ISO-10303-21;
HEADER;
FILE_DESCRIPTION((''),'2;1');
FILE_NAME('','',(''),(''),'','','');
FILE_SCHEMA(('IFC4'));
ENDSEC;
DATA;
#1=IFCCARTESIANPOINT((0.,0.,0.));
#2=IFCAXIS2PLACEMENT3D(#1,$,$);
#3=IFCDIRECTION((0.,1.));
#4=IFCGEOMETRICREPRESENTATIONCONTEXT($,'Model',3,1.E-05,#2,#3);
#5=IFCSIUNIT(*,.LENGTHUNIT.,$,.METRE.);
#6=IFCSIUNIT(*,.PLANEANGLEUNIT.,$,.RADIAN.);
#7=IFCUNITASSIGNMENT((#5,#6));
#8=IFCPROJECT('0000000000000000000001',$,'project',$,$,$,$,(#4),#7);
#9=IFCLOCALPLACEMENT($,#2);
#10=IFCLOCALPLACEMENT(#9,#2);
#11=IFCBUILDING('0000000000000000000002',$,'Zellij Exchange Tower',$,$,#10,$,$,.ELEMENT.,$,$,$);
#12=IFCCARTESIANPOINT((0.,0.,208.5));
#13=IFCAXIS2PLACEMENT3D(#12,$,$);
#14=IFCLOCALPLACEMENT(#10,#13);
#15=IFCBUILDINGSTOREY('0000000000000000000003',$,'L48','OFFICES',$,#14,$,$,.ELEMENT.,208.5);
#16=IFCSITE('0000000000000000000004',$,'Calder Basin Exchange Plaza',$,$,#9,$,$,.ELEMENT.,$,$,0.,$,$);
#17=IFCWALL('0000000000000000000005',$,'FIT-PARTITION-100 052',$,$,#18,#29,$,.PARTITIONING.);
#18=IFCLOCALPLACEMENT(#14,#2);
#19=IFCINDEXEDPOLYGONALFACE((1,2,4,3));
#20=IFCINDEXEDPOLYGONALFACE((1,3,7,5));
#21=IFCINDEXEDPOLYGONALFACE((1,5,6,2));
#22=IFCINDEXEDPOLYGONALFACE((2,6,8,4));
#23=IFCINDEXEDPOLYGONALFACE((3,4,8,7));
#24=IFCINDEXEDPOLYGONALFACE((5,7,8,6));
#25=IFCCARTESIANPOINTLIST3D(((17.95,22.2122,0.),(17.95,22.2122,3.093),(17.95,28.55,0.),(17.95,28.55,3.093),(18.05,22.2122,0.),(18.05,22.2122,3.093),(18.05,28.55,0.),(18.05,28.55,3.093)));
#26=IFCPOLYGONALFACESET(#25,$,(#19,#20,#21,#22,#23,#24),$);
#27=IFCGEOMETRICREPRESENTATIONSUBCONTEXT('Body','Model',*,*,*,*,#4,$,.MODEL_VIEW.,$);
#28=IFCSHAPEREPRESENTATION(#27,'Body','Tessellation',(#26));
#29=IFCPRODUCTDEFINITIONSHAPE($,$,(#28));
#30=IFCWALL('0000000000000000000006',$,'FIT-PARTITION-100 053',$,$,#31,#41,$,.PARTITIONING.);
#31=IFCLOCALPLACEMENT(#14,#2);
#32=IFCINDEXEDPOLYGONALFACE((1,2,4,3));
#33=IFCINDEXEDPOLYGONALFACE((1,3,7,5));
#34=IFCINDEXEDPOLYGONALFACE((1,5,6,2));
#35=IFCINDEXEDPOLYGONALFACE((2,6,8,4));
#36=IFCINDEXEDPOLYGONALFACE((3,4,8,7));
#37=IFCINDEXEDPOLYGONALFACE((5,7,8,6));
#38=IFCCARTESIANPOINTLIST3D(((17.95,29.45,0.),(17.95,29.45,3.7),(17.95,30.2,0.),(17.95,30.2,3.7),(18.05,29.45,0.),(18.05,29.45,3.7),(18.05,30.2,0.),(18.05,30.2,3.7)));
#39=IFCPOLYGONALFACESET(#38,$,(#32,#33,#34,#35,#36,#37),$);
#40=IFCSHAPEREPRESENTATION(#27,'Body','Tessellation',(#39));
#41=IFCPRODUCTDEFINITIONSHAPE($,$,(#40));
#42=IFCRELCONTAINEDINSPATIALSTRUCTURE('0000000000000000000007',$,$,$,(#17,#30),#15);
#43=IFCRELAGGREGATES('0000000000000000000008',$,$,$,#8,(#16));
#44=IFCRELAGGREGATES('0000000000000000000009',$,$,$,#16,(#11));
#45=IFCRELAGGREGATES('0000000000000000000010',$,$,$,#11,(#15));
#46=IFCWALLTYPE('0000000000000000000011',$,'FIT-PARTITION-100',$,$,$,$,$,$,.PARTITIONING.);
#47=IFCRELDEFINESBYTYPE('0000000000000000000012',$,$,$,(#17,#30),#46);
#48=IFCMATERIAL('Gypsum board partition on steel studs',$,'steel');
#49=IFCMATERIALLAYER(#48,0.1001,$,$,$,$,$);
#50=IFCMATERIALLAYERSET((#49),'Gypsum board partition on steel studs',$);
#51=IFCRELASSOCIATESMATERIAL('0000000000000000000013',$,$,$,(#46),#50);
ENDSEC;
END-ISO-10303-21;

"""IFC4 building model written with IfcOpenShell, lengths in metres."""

from ifc_helpers import new_model, si_unit, direction, frame, frame_2d, origin, place, context, subcontext, project, spatial, rectangle, extrude, material, layer, layer_set, type_object, element, save


model = new_model("IFC4")

# Units and contexts
model_context = context("Model", 3, precision=1e-05, world=origin(), true_north=direction((0.0, 1.0)))
body_context = subcontext(model_context, "Body", "Model", "MODEL_VIEW")
ifc_project = project(units=[si_unit("LENGTHUNIT", "METRE"), si_unit("PLANEANGLEUNIT", "RADIAN")], contexts=[model_context])

# Site, building, storey
site_placement = place(None, origin())
site = spatial("IfcSite", under=ifc_project, at=site_placement, Name="Calder Basin Exchange Plaza", CompositionType="ELEMENT", RefElevation=0.0)
building_placement = place(site_placement, origin())
building = spatial("IfcBuilding", under=site, at=building_placement, Name="Zellij Exchange Tower", CompositionType="ELEMENT")
storey_placement = place(building_placement, frame((0.0, 0.0, 208.5)))
storey = spatial("IfcBuildingStorey", under=building, at=storey_placement, Name="L48", Description="OFFICES", CompositionType="ELEMENT", Elevation=208.5)

# Walls
ifc_material_1 = material(Name="Gypsum board partition on steel studs", Category="steel")
ifc_layer = layer(ifc_material_1, 0.1001)
ifc_layer_set = layer_set([ifc_layer], Name="Gypsum board partition on steel studs")
wall_type = type_object("IfcWallType", Name="FIT-PARTITION-100", PredefinedType="PARTITIONING", material=ifc_layer_set)
wall_1_placement = place(storey_placement, frame((18.0, 22.2122, 0.0), z_axis=(0.0, 0.0, 1.0), x_axis=(0.0, 1.0, 0.0)))
element("IfcWall", 1, at=wall_1_placement, inside=storey, type_object=wall_type, Name="FIT-PARTITION-100 052", PredefinedType="PARTITIONING", context=body_context, shape_type="SweptSolid", body=[
    extrude(rectangle(XDim=6.3379, YDim=0.1001, at=frame_2d((3.1689, 0.0))), origin(), (0.0, 0.0, 1.0), 3.093),
])
wall_2_placement = place(storey_placement, frame((18.0, 29.45, 0.0), z_axis=(0.0, 0.0, 1.0), x_axis=(0.0, 1.0, 0.0)))
element("IfcWall", 2, at=wall_2_placement, inside=storey, type_object=wall_type, Name="FIT-PARTITION-100 053", PredefinedType="PARTITIONING", context=body_context, shape_type="SweptSolid", body=[
    extrude(rectangle(XDim=0.75, YDim=0.1001, at=frame_2d((0.375, 0.0))), origin(), (0.0, 0.0, 1.0), 3.7),
])

save(model, "model.ifc")
